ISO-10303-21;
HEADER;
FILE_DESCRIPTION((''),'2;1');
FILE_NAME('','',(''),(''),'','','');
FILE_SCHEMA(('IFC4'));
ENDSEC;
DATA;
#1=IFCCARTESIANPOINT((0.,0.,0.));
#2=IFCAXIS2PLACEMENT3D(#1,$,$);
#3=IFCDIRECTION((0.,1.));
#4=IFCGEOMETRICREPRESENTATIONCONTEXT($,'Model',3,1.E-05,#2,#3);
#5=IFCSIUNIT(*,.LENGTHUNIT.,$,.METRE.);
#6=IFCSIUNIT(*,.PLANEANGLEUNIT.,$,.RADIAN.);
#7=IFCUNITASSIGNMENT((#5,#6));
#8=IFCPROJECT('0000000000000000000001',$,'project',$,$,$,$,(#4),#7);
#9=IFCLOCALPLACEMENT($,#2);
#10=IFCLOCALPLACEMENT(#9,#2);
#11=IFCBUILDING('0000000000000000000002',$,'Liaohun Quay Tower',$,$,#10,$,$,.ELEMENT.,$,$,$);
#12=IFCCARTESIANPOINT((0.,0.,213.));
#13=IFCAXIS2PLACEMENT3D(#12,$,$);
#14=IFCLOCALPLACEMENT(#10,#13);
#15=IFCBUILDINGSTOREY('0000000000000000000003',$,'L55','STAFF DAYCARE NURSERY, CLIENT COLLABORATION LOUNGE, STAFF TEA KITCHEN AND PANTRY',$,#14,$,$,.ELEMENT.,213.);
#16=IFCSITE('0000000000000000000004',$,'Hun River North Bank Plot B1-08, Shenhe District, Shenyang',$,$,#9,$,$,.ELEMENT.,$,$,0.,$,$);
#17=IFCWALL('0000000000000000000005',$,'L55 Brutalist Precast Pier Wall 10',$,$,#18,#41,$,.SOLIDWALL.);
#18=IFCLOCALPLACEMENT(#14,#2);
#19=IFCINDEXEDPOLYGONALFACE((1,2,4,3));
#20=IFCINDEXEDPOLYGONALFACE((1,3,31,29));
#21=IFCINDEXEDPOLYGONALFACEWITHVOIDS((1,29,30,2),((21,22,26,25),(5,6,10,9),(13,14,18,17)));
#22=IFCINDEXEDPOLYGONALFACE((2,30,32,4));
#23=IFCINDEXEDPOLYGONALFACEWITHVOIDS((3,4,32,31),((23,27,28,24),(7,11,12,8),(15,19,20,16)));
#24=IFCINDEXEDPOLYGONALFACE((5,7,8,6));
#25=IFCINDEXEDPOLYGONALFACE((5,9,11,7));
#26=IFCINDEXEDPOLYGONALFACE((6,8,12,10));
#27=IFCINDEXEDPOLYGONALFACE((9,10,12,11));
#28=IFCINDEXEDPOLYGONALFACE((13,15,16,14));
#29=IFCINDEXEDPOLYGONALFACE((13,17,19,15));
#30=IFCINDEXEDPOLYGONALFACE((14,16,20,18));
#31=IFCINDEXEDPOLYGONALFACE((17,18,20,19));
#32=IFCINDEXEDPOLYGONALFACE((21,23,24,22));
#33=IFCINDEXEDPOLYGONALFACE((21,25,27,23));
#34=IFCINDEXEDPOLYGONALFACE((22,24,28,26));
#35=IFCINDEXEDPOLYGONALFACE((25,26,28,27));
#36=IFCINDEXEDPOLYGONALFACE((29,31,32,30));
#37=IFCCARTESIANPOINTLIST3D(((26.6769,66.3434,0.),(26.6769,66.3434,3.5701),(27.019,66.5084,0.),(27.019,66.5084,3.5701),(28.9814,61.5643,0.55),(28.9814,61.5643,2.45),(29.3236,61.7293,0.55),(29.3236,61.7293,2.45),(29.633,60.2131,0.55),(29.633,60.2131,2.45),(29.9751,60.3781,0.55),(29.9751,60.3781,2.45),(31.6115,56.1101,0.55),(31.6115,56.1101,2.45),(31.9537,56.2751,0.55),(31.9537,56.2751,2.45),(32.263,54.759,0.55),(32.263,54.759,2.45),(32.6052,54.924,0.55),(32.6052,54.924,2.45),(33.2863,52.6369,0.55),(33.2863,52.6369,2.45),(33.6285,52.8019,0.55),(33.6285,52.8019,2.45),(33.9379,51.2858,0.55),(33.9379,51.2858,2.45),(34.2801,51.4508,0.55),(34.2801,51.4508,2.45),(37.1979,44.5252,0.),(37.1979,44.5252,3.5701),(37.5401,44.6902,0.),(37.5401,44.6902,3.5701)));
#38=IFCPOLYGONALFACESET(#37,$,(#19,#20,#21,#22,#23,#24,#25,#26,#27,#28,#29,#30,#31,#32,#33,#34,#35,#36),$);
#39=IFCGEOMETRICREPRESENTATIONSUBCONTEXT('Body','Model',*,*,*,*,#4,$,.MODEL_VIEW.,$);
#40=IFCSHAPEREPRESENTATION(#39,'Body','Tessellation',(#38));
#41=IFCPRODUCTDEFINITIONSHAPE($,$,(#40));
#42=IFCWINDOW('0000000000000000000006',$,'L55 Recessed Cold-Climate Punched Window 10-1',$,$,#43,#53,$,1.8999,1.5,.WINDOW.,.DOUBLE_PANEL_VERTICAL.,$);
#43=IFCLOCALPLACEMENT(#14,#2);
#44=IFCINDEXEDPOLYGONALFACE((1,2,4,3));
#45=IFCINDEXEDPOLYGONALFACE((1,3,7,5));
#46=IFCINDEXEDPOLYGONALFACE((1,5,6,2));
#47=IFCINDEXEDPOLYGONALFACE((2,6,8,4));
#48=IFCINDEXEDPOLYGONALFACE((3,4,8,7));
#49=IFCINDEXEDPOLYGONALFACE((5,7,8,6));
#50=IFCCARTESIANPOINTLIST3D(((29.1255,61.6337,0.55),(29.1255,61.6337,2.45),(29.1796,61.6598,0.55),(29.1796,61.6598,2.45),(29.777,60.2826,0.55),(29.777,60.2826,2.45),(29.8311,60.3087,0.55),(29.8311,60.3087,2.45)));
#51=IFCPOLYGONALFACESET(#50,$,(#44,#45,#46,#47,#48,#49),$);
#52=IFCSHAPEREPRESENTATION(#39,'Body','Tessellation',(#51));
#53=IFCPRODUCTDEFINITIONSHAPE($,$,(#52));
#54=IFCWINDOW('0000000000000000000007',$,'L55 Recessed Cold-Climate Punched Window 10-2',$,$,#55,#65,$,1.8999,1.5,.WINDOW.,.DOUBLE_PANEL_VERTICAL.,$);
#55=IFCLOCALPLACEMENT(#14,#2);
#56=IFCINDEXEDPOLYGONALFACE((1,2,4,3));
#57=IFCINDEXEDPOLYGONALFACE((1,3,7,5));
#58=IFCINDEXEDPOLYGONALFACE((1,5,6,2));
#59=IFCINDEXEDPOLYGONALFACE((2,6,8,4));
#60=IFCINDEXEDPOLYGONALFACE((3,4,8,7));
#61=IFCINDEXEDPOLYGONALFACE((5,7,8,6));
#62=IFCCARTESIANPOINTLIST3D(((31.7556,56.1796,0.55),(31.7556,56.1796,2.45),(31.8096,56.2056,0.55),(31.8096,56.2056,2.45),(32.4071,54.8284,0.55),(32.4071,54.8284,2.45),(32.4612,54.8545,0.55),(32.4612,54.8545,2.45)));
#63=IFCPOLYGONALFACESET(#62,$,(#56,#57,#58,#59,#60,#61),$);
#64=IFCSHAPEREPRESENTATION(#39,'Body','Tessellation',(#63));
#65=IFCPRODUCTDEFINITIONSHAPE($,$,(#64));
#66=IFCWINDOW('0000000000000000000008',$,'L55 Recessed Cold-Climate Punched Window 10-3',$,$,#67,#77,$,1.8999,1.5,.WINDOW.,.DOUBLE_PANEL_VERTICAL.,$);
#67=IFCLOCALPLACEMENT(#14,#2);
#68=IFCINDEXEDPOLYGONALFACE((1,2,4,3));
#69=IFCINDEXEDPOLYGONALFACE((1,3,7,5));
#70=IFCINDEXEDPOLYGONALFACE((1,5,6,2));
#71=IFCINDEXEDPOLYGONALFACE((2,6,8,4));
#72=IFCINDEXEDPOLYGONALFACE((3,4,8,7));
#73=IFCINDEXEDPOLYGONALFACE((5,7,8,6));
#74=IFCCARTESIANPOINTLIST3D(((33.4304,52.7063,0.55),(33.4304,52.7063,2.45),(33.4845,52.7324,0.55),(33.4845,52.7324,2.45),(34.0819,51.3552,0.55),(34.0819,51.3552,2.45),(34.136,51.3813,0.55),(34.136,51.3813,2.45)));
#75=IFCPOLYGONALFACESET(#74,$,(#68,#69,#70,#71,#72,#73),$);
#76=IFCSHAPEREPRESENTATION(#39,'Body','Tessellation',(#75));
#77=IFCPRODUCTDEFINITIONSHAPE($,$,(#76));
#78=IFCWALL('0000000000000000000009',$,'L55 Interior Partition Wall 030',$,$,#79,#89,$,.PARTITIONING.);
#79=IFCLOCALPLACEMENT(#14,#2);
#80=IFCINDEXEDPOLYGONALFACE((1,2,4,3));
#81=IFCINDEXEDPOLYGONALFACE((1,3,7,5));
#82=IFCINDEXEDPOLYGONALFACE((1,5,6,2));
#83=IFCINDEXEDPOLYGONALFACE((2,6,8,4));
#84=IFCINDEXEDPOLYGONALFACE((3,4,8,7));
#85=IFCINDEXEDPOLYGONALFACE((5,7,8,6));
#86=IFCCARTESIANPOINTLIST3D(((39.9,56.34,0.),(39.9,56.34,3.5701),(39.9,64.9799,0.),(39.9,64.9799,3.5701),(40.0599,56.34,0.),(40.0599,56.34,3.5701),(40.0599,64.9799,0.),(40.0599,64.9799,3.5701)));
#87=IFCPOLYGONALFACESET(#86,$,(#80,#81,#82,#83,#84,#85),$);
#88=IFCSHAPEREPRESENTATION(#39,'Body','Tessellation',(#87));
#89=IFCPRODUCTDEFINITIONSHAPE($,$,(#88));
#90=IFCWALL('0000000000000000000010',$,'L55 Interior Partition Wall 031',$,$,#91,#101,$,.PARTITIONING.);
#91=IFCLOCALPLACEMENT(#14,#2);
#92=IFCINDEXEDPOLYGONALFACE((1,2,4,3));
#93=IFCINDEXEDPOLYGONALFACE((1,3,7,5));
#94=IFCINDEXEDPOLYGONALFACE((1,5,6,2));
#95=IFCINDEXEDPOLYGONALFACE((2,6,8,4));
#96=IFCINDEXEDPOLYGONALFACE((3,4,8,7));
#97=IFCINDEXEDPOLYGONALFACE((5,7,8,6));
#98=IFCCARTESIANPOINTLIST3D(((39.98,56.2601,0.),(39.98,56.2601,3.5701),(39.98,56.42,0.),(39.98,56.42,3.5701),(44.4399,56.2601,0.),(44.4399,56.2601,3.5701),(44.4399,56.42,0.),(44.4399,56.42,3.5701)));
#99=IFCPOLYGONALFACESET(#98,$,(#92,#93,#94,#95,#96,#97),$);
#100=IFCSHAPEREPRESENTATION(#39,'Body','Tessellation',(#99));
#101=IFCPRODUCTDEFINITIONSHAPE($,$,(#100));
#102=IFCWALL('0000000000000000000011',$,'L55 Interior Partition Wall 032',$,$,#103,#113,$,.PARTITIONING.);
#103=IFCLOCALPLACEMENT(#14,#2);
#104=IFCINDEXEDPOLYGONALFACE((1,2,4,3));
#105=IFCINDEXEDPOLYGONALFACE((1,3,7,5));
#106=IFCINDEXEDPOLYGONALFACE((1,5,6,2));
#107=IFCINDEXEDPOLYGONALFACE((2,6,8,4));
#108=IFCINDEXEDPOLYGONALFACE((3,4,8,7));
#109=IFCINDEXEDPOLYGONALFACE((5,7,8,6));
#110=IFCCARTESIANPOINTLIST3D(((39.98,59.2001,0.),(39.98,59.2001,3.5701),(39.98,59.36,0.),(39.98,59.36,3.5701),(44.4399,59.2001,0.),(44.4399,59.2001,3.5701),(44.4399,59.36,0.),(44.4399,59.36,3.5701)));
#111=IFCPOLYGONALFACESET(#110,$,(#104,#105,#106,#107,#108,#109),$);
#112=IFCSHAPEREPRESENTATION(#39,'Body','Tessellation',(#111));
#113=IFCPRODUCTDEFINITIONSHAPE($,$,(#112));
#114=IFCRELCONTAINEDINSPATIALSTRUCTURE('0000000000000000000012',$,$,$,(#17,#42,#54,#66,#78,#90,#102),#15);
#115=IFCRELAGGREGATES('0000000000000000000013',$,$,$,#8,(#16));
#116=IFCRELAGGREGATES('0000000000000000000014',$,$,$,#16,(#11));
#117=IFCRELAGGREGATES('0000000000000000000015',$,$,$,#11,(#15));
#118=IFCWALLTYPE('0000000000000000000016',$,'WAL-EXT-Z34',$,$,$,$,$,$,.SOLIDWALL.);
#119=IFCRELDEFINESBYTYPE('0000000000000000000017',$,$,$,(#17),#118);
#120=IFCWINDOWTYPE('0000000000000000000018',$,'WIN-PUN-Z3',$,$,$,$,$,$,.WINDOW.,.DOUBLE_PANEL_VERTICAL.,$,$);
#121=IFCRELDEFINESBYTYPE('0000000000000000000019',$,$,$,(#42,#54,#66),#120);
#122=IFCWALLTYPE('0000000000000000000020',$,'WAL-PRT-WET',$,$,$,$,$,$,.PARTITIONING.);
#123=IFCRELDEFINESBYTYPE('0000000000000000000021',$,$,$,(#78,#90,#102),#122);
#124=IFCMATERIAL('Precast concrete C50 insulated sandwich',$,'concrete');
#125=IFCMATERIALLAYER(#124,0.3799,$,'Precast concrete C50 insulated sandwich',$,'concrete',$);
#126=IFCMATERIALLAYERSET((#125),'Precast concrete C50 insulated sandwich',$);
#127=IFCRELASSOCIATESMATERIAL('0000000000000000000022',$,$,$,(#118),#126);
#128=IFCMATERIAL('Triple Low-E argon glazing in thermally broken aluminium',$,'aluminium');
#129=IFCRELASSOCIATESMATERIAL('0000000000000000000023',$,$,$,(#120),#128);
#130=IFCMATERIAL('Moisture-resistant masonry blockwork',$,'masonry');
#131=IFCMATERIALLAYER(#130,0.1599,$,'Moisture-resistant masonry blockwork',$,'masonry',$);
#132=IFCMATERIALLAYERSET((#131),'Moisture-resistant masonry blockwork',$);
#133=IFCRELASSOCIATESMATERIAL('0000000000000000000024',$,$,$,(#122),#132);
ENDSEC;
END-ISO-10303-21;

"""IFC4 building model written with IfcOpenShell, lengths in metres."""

from ifc_helpers import new_model, si_unit, direction, frame, frame_2d, origin, place, context, subcontext, project, spatial, rectangle, extrude, source, transform, mapped, material, layer, layer_set, type_object, element, fill, save


model = new_model("IFC4")

# Units and contexts
model_context = context("Model", 3, precision=1e-05, world=origin(), true_north=direction((0.0, 1.0)))
body_context = subcontext(model_context, "Body", "Model", "MODEL_VIEW")
ifc_project = project(units=[si_unit("LENGTHUNIT", "METRE"), si_unit("PLANEANGLEUNIT", "RADIAN")], contexts=[model_context])

# Site, building, storey
site_placement = place(None, origin())
site = spatial("IfcSite", under=ifc_project, at=site_placement, Name="Hun River North Bank Plot B1-08, Shenhe District, Shenyang", CompositionType="ELEMENT", RefElevation=0.0)
building_placement = place(site_placement, origin())
building = spatial("IfcBuilding", under=site, at=building_placement, Name="Liaohun Quay Tower", CompositionType="ELEMENT")
storey_placement = place(building_placement, frame((0.0, 0.0, 213.0)))
storey = spatial("IfcBuildingStorey", under=building, at=storey_placement, Name="L55", Description="STAFF DAYCARE NURSERY, CLIENT COLLABORATION LOUNGE, STAFF TEA KITCHEN AND PANTRY", CompositionType="ELEMENT", Elevation=213.0)

# Shared definitions
ifc_material_1 = material(Name="Precast concrete C50 insulated sandwich", Category="concrete")
ifc_layer_1 = layer(ifc_material_1, 0.3799, Name="Precast concrete C50 insulated sandwich", Category="concrete")
ifc_layer_set_1 = layer_set([ifc_layer_1], Name="Precast concrete C50 insulated sandwich")
wall_type_1 = type_object("IfcWallType", Name="WAL-EXT-Z34", PredefinedType="SOLIDWALL", material=ifc_layer_set_1)

# Wall, openings, windows
wall_1_placement = place(storey_placement, frame((26.8479, 66.426, 0.0), z_axis=(0.0, 0.0, 1.0), x_axis=(0.434351, -0.900744, 0.0)))
wall_1 = element("IfcWall", 1, at=wall_1_placement, inside=storey, type_object=wall_type_1, Name="L55 Brutalist Precast Pier Wall 10", PredefinedType="SOLIDWALL", context=body_context, shape_type="SweptSolid", body=[
    extrude(rectangle(XDim=24.2224, YDim=0.3799, at=frame_2d((12.1113, 0.0))), origin(), (0.0, 0.0, 1.0), 3.5701),
])
shared_shape_1 = source(origin(), body_context, "Body", "SweptSolid", [
    extrude(rectangle(XDim=1.5, YDim=1.8999, at=frame_2d((0.75, 0.95))), frame((0.0, 0.2, 0.0), z_axis=(0.0, -1.0, 0.0), x_axis=(1.0, 0.0, 0.0)), (0.0, 0.0, 1.0), 0.3999),
])
opening_1_placement = place(wall_1_placement, frame((5.3059, 0.0, 0.55)))
opening_1 = element("IfcOpeningElement", 2, at=opening_1_placement, cuts=wall_1, PredefinedType="OPENING", context=body_context, shape_type="MappedRepresentation", body=[
    mapped(shared_shape_1, transform((0.0, 0.0, 0.0), x_axis=(1.0, 0.0, 0.0), y_axis=(0.0, 1.0, 0.0), z_axis=(0.0, 0.0, 1.0), scale=1.0)),
])
opening_2_placement = place(wall_1_placement, frame((11.3611, 0.0, 0.55)))
opening_2 = element("IfcOpeningElement", 3, at=opening_2_placement, cuts=wall_1, PredefinedType="OPENING", context=body_context, shape_type="MappedRepresentation", body=[
    mapped(shared_shape_1, transform((0.0, 0.0, 0.0), x_axis=(1.0, 0.0, 0.0), y_axis=(0.0, 1.0, 0.0), z_axis=(0.0, 0.0, 1.0), scale=1.0)),
])
opening_3_placement = place(wall_1_placement, frame((15.217, 0.0, 0.55)))
opening_3 = element("IfcOpeningElement", 4, at=opening_3_placement, cuts=wall_1, PredefinedType="OPENING", context=body_context, shape_type="MappedRepresentation", body=[
    mapped(shared_shape_1, transform((0.0, 0.0, 0.0), x_axis=(1.0, 0.0, 0.0), y_axis=(0.0, 1.0, 0.0), z_axis=(0.0, 0.0, 1.0), scale=1.0)),
])
ifc_material_2 = material(Name="Triple Low-E argon glazing in thermally broken aluminium", Category="aluminium")
window_type_1 = type_object("IfcWindowType", Name="WIN-PUN-Z3", PartitioningType="DOUBLE_PANEL_VERTICAL", PredefinedType="WINDOW", material=ifc_material_2)
shared_shape_2 = source(origin(), body_context, "Body", "SweptSolid", [
    extrude(rectangle(XDim=1.5, YDim=1.8999, at=frame_2d((0.75, 0.95))), frame((0.0, 0.03, 0.0), z_axis=(0.0, -1.0, 0.0), x_axis=(1.0, 0.0, 0.0)), (0.0, 0.0, 1.0), 0.0601),
])
window_1_placement = place(opening_1_placement, origin())
window_1 = element("IfcWindow", 5, at=window_1_placement, inside=storey, type_object=window_type_1, Name="L55 Recessed Cold-Climate Punched Window 10-1", OverallHeight=1.8999, OverallWidth=1.5, PartitioningType="DOUBLE_PANEL_VERTICAL", PredefinedType="WINDOW", context=body_context, shape_type="MappedRepresentation", body=[
    mapped(shared_shape_2, transform((0.0, 0.0, 0.0), x_axis=(1.0, 0.0, 0.0), y_axis=(0.0, 1.0, 0.0), z_axis=(0.0, 0.0, 1.0), scale=1.0)),
])
fill(opening_1, window_1)
window_2_placement = place(opening_2_placement, origin())
window_2 = element("IfcWindow", 6, at=window_2_placement, inside=storey, type_object=window_type_1, Name="L55 Recessed Cold-Climate Punched Window 10-2", OverallHeight=1.8999, OverallWidth=1.5, PartitioningType="DOUBLE_PANEL_VERTICAL", PredefinedType="WINDOW", context=body_context, shape_type="MappedRepresentation", body=[
    mapped(shared_shape_2, transform((0.0, 0.0, 0.0), x_axis=(1.0, 0.0, 0.0), y_axis=(0.0, 1.0, 0.0), z_axis=(0.0, 0.0, 1.0), scale=1.0)),
])
fill(opening_2, window_2)
window_3_placement = place(opening_3_placement, origin())
window_3 = element("IfcWindow", 7, at=window_3_placement, inside=storey, type_object=window_type_1, Name="L55 Recessed Cold-Climate Punched Window 10-3", OverallHeight=1.8999, OverallWidth=1.5, PartitioningType="DOUBLE_PANEL_VERTICAL", PredefinedType="WINDOW", context=body_context, shape_type="MappedRepresentation", body=[
    mapped(shared_shape_2, transform((0.0, 0.0, 0.0), x_axis=(1.0, 0.0, 0.0), y_axis=(0.0, 1.0, 0.0), z_axis=(0.0, 0.0, 1.0), scale=1.0)),
])
fill(opening_3, window_3)

# Walls
ifc_material_3 = material(Name="Moisture-resistant masonry blockwork", Category="masonry")
ifc_layer_2 = layer(ifc_material_3, 0.1599, Name="Moisture-resistant masonry blockwork", Category="masonry")
ifc_layer_set_2 = layer_set([ifc_layer_2], Name="Moisture-resistant masonry blockwork")
wall_type_2 = type_object("IfcWallType", Name="WAL-PRT-WET", PredefinedType="PARTITIONING", material=ifc_layer_set_2)
wall_2_placement = place(storey_placement, frame((39.98, 56.3401, 0.0), z_axis=(0.0, 0.0, 1.0), x_axis=(0.0, 1.0, 0.0)))
element("IfcWall", 8, at=wall_2_placement, inside=storey, type_object=wall_type_2, Name="L55 Interior Partition Wall 030", PredefinedType="PARTITIONING", context=body_context, shape_type="SweptSolid", body=[
    extrude(rectangle(XDim=8.6399, YDim=0.1599, at=frame_2d((4.3198, 0.0))), origin(), (0.0, 0.0, 1.0), 3.5701),
])
for number, where, z_axis, x_axis, name in (
    (9, (39.98, 56.3401, 0.0), (0.0, 0.0, 1.0), (1.0, 0.0, 0.0), "L55 Interior Partition Wall 031"),
    (10, (39.98, 59.28, 0.0), (0.0, 0.0, 1.0), (1.0, 0.0, 0.0), "L55 Interior Partition Wall 032"),
):
    element("IfcWall", number, at=place(storey_placement, frame(where, z_axis=z_axis, x_axis=x_axis)), inside=storey, type_object=wall_type_2, Name=name, PredefinedType="PARTITIONING", context=body_context, shape_type="SweptSolid", body=[
        extrude(rectangle(XDim=4.46, YDim=0.1599, at=frame_2d((2.23, 0.0))), origin(), (0.0, 0.0, 1.0), 3.5701),
    ])

save(model, "model.ifc")
